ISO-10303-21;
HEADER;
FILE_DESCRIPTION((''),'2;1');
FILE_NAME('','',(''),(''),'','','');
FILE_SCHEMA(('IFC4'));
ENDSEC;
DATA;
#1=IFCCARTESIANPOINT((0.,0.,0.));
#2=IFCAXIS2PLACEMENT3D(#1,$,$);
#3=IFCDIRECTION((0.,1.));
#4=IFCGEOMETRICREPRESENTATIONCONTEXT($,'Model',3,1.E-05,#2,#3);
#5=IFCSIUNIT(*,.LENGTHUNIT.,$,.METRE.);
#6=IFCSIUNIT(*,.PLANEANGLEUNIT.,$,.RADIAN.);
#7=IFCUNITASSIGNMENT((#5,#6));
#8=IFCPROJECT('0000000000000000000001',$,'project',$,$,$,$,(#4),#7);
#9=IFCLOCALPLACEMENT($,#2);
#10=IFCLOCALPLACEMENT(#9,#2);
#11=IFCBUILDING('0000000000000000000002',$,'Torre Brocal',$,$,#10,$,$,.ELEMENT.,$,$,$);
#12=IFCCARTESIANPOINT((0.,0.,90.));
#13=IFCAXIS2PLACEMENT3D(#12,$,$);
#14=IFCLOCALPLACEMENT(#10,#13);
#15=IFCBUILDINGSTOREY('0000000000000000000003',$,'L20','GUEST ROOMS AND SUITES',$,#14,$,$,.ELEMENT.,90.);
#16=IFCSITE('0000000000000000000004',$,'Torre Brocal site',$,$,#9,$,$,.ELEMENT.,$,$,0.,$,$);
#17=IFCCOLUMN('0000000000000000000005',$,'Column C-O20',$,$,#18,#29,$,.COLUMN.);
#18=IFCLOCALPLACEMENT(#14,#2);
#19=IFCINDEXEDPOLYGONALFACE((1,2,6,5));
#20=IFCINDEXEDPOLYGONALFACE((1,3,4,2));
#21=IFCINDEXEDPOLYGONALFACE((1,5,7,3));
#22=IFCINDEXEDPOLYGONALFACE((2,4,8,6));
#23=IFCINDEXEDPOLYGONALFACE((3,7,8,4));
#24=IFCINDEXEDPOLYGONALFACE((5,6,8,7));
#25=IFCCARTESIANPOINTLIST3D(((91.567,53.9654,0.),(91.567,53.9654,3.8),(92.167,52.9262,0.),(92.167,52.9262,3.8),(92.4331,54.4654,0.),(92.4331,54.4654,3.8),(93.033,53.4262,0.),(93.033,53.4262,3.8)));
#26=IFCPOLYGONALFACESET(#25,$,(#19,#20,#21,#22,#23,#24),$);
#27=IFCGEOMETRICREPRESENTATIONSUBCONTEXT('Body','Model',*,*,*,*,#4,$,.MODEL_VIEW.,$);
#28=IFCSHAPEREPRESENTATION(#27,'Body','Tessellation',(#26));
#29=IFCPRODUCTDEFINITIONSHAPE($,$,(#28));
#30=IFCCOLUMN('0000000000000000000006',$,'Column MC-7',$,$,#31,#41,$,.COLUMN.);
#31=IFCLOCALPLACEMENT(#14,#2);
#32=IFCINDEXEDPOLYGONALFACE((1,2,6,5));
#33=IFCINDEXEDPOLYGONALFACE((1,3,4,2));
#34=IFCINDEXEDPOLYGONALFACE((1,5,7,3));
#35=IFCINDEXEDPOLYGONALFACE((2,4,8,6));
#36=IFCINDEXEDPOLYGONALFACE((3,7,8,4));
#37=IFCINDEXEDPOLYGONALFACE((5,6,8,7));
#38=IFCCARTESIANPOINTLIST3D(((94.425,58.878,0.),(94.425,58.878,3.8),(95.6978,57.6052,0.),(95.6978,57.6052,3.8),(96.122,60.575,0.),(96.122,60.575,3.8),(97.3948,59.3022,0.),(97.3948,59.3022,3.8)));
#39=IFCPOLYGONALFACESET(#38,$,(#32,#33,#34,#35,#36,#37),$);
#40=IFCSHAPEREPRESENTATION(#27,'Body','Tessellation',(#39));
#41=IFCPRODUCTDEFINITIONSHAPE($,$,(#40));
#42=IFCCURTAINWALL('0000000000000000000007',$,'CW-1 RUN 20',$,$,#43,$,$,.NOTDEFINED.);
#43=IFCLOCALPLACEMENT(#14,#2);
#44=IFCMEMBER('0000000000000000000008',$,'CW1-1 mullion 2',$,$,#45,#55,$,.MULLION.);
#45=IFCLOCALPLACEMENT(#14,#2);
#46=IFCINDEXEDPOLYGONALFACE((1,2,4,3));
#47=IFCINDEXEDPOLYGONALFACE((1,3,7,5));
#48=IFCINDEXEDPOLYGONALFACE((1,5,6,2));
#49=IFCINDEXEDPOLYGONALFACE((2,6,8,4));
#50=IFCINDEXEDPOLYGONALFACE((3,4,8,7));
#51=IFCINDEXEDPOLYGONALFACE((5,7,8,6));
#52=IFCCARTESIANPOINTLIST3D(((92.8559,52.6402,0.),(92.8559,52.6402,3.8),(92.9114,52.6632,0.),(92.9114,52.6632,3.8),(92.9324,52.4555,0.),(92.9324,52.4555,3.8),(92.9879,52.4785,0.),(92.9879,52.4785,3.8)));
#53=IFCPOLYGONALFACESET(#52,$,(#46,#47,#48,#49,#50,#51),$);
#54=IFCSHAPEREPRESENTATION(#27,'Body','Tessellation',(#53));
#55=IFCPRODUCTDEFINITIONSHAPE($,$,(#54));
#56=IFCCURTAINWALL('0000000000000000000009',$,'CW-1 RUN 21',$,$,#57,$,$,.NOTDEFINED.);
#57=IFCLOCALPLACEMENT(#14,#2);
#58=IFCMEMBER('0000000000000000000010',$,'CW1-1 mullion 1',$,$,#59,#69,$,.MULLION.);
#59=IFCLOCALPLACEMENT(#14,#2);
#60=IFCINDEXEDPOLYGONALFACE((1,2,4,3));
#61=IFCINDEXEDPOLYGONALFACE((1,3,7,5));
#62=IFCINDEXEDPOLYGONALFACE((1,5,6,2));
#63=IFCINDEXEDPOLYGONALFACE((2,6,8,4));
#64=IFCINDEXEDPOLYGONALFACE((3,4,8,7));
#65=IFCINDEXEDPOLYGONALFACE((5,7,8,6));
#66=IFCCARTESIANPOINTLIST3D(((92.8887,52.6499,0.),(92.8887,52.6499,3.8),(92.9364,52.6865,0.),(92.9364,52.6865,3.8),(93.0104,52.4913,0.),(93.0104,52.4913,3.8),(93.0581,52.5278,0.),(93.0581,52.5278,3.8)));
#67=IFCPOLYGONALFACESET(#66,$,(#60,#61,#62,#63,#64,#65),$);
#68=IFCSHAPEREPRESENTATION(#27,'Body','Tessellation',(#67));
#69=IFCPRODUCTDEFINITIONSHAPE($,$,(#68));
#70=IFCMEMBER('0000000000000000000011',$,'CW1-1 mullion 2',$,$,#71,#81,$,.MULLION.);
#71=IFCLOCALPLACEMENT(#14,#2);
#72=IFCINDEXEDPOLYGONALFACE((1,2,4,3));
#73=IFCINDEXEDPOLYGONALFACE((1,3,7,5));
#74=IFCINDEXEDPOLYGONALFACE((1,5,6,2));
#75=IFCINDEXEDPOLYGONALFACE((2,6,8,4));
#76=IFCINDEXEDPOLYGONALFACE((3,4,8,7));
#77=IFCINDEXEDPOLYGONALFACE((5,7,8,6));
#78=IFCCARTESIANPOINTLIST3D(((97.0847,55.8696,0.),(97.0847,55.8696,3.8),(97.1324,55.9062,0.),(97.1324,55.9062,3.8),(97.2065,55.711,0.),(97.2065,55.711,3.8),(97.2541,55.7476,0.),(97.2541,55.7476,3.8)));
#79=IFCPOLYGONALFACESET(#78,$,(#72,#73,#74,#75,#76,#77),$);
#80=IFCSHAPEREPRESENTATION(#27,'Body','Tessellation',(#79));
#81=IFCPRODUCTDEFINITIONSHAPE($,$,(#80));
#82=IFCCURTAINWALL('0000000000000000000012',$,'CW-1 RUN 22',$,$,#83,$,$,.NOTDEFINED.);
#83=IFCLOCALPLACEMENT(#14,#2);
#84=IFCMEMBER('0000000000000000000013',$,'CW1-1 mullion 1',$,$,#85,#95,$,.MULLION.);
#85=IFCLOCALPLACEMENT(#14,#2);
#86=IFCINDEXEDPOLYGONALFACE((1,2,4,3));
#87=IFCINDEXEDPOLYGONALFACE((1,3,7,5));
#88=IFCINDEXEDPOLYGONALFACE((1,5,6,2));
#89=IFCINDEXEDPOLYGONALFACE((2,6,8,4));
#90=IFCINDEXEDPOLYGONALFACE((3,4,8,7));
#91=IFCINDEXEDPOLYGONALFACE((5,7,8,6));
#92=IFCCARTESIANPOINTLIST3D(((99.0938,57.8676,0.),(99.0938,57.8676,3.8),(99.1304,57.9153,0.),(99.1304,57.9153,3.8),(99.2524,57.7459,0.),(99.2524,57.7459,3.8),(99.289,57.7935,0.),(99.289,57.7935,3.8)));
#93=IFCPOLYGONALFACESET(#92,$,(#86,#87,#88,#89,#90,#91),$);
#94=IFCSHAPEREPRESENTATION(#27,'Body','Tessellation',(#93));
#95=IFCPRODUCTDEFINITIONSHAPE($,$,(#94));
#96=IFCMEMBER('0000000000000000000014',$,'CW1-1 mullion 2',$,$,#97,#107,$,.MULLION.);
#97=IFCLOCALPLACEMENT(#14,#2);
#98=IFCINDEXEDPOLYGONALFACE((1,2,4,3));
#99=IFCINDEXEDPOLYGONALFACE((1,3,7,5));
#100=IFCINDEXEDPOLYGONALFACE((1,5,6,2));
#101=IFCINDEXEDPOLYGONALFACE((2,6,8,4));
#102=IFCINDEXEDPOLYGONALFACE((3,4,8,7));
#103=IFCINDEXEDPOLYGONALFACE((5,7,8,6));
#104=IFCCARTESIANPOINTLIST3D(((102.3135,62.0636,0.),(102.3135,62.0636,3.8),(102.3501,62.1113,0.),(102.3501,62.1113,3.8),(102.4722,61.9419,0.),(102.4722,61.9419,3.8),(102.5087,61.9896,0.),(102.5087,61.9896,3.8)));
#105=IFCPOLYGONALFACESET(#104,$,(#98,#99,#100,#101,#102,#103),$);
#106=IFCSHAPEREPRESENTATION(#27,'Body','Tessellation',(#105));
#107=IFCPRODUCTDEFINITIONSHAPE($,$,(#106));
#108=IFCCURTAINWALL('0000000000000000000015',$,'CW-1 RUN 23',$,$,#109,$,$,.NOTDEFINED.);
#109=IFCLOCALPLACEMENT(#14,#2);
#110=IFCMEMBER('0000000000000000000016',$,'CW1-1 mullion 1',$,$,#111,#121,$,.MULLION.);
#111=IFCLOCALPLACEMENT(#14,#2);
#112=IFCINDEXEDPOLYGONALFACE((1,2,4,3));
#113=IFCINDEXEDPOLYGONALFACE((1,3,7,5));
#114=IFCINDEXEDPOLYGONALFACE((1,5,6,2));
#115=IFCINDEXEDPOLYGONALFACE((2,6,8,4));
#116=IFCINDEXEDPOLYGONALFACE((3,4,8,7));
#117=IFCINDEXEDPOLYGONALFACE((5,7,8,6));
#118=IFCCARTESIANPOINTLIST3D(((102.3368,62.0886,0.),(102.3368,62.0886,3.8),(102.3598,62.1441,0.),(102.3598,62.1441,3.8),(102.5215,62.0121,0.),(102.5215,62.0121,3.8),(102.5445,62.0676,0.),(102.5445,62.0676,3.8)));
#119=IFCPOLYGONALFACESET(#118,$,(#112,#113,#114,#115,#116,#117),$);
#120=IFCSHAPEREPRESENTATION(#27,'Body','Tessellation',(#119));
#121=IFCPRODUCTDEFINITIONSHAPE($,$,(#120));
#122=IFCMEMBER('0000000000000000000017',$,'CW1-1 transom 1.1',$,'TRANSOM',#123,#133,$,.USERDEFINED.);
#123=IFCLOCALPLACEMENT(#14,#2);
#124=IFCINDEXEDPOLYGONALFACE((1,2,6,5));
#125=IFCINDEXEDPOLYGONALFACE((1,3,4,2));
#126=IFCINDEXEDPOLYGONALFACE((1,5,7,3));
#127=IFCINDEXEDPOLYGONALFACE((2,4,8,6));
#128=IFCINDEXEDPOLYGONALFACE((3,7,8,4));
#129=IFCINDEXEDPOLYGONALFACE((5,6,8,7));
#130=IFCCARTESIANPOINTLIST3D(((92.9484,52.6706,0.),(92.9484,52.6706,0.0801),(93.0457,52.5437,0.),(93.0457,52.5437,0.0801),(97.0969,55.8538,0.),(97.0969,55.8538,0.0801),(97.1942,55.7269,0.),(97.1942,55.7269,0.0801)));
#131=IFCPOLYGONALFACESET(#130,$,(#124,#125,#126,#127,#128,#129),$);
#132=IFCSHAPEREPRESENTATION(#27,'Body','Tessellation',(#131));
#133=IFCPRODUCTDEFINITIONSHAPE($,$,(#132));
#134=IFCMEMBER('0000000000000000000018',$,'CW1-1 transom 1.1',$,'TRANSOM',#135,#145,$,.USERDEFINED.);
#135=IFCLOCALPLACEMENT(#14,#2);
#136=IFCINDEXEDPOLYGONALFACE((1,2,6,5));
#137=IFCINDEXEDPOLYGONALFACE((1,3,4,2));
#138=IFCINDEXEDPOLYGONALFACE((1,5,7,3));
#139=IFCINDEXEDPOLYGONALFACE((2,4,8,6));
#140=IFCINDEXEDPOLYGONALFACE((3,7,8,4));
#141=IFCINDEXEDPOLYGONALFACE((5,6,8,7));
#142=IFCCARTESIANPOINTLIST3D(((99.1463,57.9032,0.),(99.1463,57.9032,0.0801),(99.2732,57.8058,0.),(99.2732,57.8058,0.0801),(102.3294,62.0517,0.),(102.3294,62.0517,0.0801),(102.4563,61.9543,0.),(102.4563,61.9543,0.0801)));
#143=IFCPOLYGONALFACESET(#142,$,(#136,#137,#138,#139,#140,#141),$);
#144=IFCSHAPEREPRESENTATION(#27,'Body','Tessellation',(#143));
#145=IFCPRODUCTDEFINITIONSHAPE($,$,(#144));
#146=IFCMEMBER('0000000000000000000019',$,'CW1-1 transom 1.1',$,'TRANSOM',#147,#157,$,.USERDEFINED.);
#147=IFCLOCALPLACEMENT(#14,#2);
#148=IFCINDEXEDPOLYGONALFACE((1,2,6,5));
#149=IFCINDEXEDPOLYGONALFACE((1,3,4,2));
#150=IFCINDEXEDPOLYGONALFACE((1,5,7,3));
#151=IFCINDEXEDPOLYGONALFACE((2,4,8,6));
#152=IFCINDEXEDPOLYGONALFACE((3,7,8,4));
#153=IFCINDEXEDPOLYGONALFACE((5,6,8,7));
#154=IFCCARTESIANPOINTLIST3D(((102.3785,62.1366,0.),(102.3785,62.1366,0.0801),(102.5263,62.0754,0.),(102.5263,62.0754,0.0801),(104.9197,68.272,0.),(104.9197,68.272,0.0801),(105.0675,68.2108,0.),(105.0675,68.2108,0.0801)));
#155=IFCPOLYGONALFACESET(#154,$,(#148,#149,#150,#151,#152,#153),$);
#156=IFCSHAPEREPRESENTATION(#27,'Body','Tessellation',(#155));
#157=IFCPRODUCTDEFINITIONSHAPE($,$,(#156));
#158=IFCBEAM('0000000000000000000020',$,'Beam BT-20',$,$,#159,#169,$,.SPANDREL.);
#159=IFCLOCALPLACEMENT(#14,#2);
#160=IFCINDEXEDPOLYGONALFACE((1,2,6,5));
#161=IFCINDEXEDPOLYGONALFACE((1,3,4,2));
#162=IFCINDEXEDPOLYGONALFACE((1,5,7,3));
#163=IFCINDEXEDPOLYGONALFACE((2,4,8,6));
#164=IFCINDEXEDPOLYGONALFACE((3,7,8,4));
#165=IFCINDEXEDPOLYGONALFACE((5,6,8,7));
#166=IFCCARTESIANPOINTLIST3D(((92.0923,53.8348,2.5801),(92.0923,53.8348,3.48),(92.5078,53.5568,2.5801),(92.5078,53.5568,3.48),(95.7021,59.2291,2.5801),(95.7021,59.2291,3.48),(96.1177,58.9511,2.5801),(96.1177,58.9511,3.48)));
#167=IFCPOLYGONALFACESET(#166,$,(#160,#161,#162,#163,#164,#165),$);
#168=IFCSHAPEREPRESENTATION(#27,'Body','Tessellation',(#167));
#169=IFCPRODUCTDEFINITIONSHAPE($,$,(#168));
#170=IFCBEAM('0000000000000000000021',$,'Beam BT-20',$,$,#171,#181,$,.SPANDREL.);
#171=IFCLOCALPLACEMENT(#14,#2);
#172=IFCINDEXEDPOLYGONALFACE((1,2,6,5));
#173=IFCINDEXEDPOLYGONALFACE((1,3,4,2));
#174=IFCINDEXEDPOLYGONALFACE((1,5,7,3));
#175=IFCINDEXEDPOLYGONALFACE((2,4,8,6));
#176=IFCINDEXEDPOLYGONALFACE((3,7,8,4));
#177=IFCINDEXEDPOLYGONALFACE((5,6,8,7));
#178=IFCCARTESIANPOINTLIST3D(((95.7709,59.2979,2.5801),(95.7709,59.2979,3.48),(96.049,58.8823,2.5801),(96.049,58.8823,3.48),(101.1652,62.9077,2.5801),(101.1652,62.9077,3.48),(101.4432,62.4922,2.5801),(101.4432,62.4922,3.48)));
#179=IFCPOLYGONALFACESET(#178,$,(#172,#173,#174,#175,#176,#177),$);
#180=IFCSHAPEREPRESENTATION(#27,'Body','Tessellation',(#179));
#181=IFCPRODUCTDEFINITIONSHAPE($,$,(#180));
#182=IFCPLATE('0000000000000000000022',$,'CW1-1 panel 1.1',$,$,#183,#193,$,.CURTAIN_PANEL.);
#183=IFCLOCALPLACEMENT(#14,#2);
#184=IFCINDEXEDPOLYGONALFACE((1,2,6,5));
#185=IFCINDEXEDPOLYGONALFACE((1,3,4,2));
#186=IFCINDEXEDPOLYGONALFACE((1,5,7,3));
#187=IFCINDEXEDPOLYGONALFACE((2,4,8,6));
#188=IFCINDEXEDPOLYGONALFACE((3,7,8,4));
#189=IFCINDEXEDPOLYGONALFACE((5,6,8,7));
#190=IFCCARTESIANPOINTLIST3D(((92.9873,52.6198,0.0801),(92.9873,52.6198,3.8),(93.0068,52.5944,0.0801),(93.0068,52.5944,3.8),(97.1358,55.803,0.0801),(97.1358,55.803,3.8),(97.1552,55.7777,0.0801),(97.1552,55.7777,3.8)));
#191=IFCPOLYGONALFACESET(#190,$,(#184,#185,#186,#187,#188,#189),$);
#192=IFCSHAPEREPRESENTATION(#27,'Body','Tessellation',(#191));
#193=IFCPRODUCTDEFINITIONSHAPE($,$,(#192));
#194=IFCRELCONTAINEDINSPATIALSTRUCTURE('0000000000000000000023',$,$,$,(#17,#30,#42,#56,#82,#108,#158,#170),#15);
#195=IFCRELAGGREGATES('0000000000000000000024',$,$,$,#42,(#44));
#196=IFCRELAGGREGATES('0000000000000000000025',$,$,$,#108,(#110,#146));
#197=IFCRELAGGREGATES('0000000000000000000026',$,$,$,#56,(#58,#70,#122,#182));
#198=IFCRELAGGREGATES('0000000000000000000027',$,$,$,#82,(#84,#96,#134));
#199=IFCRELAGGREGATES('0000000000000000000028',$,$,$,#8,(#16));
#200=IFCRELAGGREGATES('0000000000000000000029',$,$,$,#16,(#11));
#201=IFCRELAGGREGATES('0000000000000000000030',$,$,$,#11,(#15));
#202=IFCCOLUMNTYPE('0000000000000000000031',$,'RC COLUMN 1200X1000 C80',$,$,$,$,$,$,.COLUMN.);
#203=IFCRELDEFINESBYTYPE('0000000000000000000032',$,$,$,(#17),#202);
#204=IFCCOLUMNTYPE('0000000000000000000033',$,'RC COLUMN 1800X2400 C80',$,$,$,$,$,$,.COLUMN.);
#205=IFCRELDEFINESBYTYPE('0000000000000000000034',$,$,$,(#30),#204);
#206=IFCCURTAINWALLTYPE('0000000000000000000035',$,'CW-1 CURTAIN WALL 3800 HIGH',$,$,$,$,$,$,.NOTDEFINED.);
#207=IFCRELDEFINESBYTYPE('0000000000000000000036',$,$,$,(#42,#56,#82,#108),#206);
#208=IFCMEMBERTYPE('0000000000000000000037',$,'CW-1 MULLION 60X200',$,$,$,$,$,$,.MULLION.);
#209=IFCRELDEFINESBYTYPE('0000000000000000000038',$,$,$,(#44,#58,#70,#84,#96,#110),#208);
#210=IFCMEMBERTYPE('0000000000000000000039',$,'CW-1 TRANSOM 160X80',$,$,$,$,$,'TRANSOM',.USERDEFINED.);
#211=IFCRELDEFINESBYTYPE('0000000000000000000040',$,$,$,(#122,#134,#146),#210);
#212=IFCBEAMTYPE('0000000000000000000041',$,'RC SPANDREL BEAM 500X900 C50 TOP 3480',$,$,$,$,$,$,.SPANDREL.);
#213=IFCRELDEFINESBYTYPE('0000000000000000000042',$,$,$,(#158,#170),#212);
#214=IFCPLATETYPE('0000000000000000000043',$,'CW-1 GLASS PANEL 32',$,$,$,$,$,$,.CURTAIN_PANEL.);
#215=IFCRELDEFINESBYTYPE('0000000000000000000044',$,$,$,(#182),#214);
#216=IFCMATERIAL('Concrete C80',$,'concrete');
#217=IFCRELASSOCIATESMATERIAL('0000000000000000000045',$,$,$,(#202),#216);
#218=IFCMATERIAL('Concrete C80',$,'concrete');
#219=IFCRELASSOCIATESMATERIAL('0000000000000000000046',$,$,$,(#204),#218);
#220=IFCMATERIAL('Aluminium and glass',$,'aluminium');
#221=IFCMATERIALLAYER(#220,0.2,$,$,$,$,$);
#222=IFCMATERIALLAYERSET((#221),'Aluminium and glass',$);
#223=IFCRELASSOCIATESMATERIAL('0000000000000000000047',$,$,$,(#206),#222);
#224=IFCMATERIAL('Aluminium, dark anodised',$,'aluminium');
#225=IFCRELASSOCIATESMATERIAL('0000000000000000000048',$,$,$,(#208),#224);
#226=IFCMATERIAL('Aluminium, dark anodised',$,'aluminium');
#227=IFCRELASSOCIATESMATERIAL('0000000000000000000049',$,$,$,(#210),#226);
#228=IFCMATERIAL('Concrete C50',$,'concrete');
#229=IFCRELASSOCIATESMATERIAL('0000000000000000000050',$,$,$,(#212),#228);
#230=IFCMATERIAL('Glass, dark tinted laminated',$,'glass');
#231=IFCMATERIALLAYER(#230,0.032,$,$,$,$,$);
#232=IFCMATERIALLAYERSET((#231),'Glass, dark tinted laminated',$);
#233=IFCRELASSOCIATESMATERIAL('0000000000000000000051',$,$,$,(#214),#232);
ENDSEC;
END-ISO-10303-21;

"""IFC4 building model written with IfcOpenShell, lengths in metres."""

from ifc_helpers import new_model, si_unit, direction, frame, origin, origin_2d, place, context, subcontext, project, spatial, rectangle, extrude, material, layer, layer_set, material_profile, profile_set, type_object, element, aggregate, save


model = new_model("IFC4")

# Units and contexts
model_context = context("Model", 3, precision=1e-05, world=origin(), true_north=direction((0.0, 1.0)))
body_context = subcontext(model_context, "Body", "Model", "MODEL_VIEW")
ifc_project = project(units=[si_unit("LENGTHUNIT", "METRE"), si_unit("PLANEANGLEUNIT", "RADIAN")], contexts=[model_context])

# Site, building, storey
site_placement = place(None, origin())
site = spatial("IfcSite", under=ifc_project, at=site_placement, Name="Torre Brocal site", CompositionType="ELEMENT", RefElevation=0.0)
building_placement = place(site_placement, origin())
building = spatial("IfcBuilding", under=site, at=building_placement, Name="Torre Brocal", CompositionType="ELEMENT")
storey_placement = place(building_placement, frame((0.0, 0.0, 90.0)))
storey = spatial("IfcBuildingStorey", under=building, at=storey_placement, Name="L20", Description="GUEST ROOMS AND SUITES", CompositionType="ELEMENT", Elevation=90.0)

# Columns
ifc_material_1 = material(Name="Concrete C80", Category="concrete")
ifc_material_profile_1 = material_profile(ifc_material_1, rectangle(XDim=1.2, YDim=1.0, at=origin_2d()), Name="RC 1200X1000")
ifc_profile_set_1 = profile_set([ifc_material_profile_1], Name="Concrete C80")
column_type_1 = type_object("IfcColumnType", Name="RC COLUMN 1200X1000 C80", PredefinedType="COLUMN", material=ifc_profile_set_1)
column_1_placement = place(storey_placement, frame((92.3, 53.6958, 0.0), z_axis=(0.0, 0.0, 1.0), x_axis=(0.5, -0.866025, 0.0)))
element("IfcColumn", 1, at=column_1_placement, inside=storey, type_object=column_type_1, Name="Column C-O20", PredefinedType="COLUMN", context=body_context, shape_type="SweptSolid", body=[
    extrude(rectangle(XDim=1.2, YDim=1.0, at=origin_2d()), origin(), (0.0, 0.0, 1.0), 3.8),
])
ifc_material_2 = material(Name="Concrete C80", Category="concrete")
ifc_material_profile_2 = material_profile(ifc_material_2, rectangle(XDim=1.8, YDim=2.3999, at=origin_2d()), Name="RC 1800X2400")
ifc_profile_set_2 = profile_set([ifc_material_profile_2], Name="Concrete C80")
column_type_2 = type_object("IfcColumnType", Name="RC COLUMN 1800X2400 C80", PredefinedType="COLUMN", material=ifc_profile_set_2)
column_2_placement = place(storey_placement, frame((95.9099, 59.0901, 0.0), z_axis=(0.0, 0.0, 1.0), x_axis=(0.707107, -0.707107, 0.0)))
element("IfcColumn", 2, at=column_2_placement, inside=storey, type_object=column_type_2, Name="Column MC-7", PredefinedType="COLUMN", context=body_context, shape_type="SweptSolid", body=[
    extrude(rectangle(XDim=1.8, YDim=2.3999, at=origin_2d()), origin(), (0.0, 0.0, 1.0), 3.8),
])

# Curtain wall, member
ifc_material_3 = material(Name="Aluminium and glass", Category="aluminium")
ifc_layer_1 = layer(ifc_material_3, 0.2)
ifc_layer_set_1 = layer_set([ifc_layer_1], Name="Aluminium and glass")
curtain_wall_type = type_object("IfcCurtainWallType", Name="CW-1 CURTAIN WALL 3800 HIGH", PredefinedType="NOTDEFINED", material=ifc_layer_set_1)
curtain_wall_1_placement = place(storey_placement, origin())
curtain_wall_1 = element("IfcCurtainWall", 3, at=curtain_wall_1_placement, inside=storey, type_object=curtain_wall_type, Name="CW-1 RUN 20", PredefinedType="NOTDEFINED")
ifc_material_4 = material(Name="Aluminium, dark anodised", Category="aluminium")
ifc_material_profile_3 = material_profile(ifc_material_4, rectangle(XDim=0.2, YDim=0.0601, at=origin_2d()), Name="CW-1 MULLION 60X200")
ifc_profile_set_3 = profile_set([ifc_material_profile_3], Name="Aluminium, dark anodised")
member_type_1 = type_object("IfcMemberType", Name="CW-1 MULLION 60X200", PredefinedType="MULLION", material=ifc_profile_set_3)
member_1_placement = place(storey_placement, frame((92.9219, 52.5593, 0.0), z_axis=(0.0, 0.0, 1.0), x_axis=(-0.382683, 0.92388, 0.0)))
member_1 = element("IfcMember", 4, at=member_1_placement, type_object=member_type_1, Name="CW1-1 mullion 2", PredefinedType="MULLION", context=body_context, shape_type="SweptSolid", body=[
    extrude(rectangle(XDim=0.2, YDim=0.0601, at=origin_2d()), origin(), (0.0, 0.0, 1.0), 3.8),
])
aggregate(curtain_wall_1, [member_1])

# Curtain walls, members
curtain_wall_2_placement = place(storey_placement, origin())
curtain_wall_2 = element("IfcCurtainWall", 5, at=curtain_wall_2_placement, inside=storey, type_object=curtain_wall_type, Name="CW-1 RUN 21", PredefinedType="NOTDEFINED")
member_2_placement = place(storey_placement, frame((92.9734, 52.5889, 0.0), z_axis=(0.0, 0.0, 1.0), x_axis=(-0.608761, 0.793353, 0.0)))
member_2 = element("IfcMember", 6, at=member_2_placement, type_object=member_type_1, Name="CW1-1 mullion 1", PredefinedType="MULLION", context=body_context, shape_type="SweptSolid", body=[
    extrude(rectangle(XDim=0.2, YDim=0.0601, at=origin_2d()), origin(), (0.0, 0.0, 1.0), 3.8),
])
member_3_placement = place(storey_placement, frame((97.1694, 55.8086, 0.0), z_axis=(0.0, 0.0, 1.0), x_axis=(-0.608761, 0.793353, 0.0)))
member_3 = element("IfcMember", 7, at=member_3_placement, type_object=member_type_1, Name="CW1-1 mullion 2", PredefinedType="MULLION", context=body_context, shape_type="SweptSolid", body=[
    extrude(rectangle(XDim=0.2, YDim=0.0601, at=origin_2d()), origin(), (0.0, 0.0, 1.0), 3.8),
])
curtain_wall_3_placement = place(storey_placement, origin())
curtain_wall_3 = element("IfcCurtainWall", 8, at=curtain_wall_3_placement, inside=storey, type_object=curtain_wall_type, Name="CW-1 RUN 22", PredefinedType="NOTDEFINED")
member_4_placement = place(storey_placement, frame((99.1914, 57.8306, 0.0), z_axis=(0.0, 0.0, 1.0), x_axis=(-0.793353, 0.608761, 0.0)))
member_4 = element("IfcMember", 9, at=member_4_placement, type_object=member_type_1, Name="CW1-1 mullion 1", PredefinedType="MULLION", context=body_context, shape_type="SweptSolid", body=[
    extrude(rectangle(XDim=0.2, YDim=0.0601, at=origin_2d()), origin(), (0.0, 0.0, 1.0), 3.8),
])
member_5_placement = place(storey_placement, frame((102.4111, 62.0266, 0.0), z_axis=(0.0, 0.0, 1.0), x_axis=(-0.793353, 0.608761, 0.0)))
member_5 = element("IfcMember", 10, at=member_5_placement, type_object=member_type_1, Name="CW1-1 mullion 2", PredefinedType="MULLION", context=body_context, shape_type="SweptSolid", body=[
    extrude(rectangle(XDim=0.2, YDim=0.0601, at=origin_2d()), origin(), (0.0, 0.0, 1.0), 3.8),
])

# Curtain wall, member
curtain_wall_4_placement = place(storey_placement, origin())
curtain_wall_4 = element("IfcCurtainWall", 11, at=curtain_wall_4_placement, inside=storey, type_object=curtain_wall_type, Name="CW-1 RUN 23", PredefinedType="NOTDEFINED")
member_6_placement = place(storey_placement, frame((102.4407, 62.0781, 0.0), z_axis=(0.0, 0.0, 1.0), x_axis=(-0.92388, 0.382683, 0.0)))
member_6 = element("IfcMember", 12, at=member_6_placement, type_object=member_type_1, Name="CW1-1 mullion 1", PredefinedType="MULLION", context=body_context, shape_type="SweptSolid", body=[
    extrude(rectangle(XDim=0.2, YDim=0.0601, at=origin_2d()), origin(), (0.0, 0.0, 1.0), 3.8),
])

# Members
ifc_material_5 = material(Name="Aluminium, dark anodised", Category="aluminium")
ifc_material_profile_4 = material_profile(ifc_material_5, rectangle(XDim=0.1599, YDim=0.0801, at=origin_2d()), Name="CW-1 TRANSOM 160X80")
ifc_profile_set_4 = profile_set([ifc_material_profile_4], Name="Aluminium, dark anodised")
member_type_2 = type_object("IfcMemberType", Name="CW-1 TRANSOM 160X80", ElementType="TRANSOM", PredefinedType="USERDEFINED", material=ifc_profile_set_4)
member_7_placement = place(storey_placement, frame((92.9971, 52.6072, 0.04), z_axis=(0.793363, 0.608749, 0.0), x_axis=(-0.608749, 0.793363, 0.0)))
member_7 = element("IfcMember", 13, at=member_7_placement, type_object=member_type_2, Name="CW1-1 transom 1.1", ObjectType="TRANSOM", PredefinedType="USERDEFINED", context=body_context, shape_type="SweptSolid", body=[
    extrude(rectangle(XDim=0.1599, YDim=0.0801, at=origin_2d()), origin(), (0.0, 0.0, 1.0), 5.229),
])
member_8_placement = place(storey_placement, frame((99.2097, 57.8545, 0.04), z_axis=(0.608749, 0.793363, 0.0), x_axis=(-0.793363, 0.608749, 0.0)))
member_8 = element("IfcMember", 14, at=member_8_placement, type_object=member_type_2, Name="CW1-1 transom 1.1", ObjectType="TRANSOM", PredefinedType="USERDEFINED", context=body_context, shape_type="SweptSolid", body=[
    extrude(rectangle(XDim=0.1599, YDim=0.0801, at=origin_2d()), origin(), (0.0, 0.0, 1.0), 5.229),
])
member_9_placement = place(storey_placement, frame((102.4524, 62.106, 0.04), z_axis=(0.382665, 0.923887, 0.0), x_axis=(-0.923887, 0.382665, 0.0)))
member_9 = element("IfcMember", 15, at=member_9_placement, type_object=member_type_2, Name="CW1-1 transom 1.1", ObjectType="TRANSOM", PredefinedType="USERDEFINED", context=body_context, shape_type="SweptSolid", body=[
    extrude(rectangle(XDim=0.1599, YDim=0.0801, at=origin_2d()), origin(), (0.0, 0.0, 1.0), 6.6409),
])
aggregate(curtain_wall_4, [member_6, member_9])

# Beams
ifc_material_6 = material(Name="Concrete C50", Category="concrete")
ifc_material_profile_5 = material_profile(ifc_material_6, rectangle(XDim=0.5, YDim=0.8999, at=origin_2d()), Name="RC 500X900")
ifc_profile_set_5 = profile_set([ifc_material_profile_5], Name="Concrete C50")
beam_type = type_object("IfcBeamType", Name="RC SPANDREL BEAM 500X900 C50 TOP 3480", PredefinedType="SPANDREL", material=ifc_profile_set_5)
for number, where, z_axis, x_axis, name in (
    (16, (92.3, 53.6958, 3.03), (0.556158, 0.831077, 0.0), (-0.831077, 0.556158, 0.0), "Beam BT-20"),
    (17, (95.9099, 59.0901, 3.03), (0.831077, 0.556158, 0.0), (-0.556158, 0.831077, 0.0), "Beam BT-20"),
):
    element("IfcBeam", number, at=place(storey_placement, frame(where, z_axis=z_axis, x_axis=x_axis)), inside=storey, type_object=beam_type, Name=name, PredefinedType="SPANDREL", context=body_context, shape_type="SweptSolid", body=[
        extrude(rectangle(XDim=0.5, YDim=0.8999, at=origin_2d()), origin(), (0.0, 0.0, 1.0), 6.4907),
    ])

# Plate
ifc_material_7 = material(Name="Glass, dark tinted laminated", Category="glass")
ifc_layer_2 = layer(ifc_material_7, 0.032)
ifc_layer_set_2 = layer_set([ifc_layer_2], Name="Glass, dark tinted laminated")
plate_type = type_object("IfcPlateType", Name="CW-1 GLASS PANEL 32", PredefinedType="CURTAIN_PANEL", material=ifc_layer_set_2)
plate_1_placement = place(storey_placement, frame((95.0713, 54.1987, 0.0801), z_axis=(0.0, 0.0, 1.0), x_axis=(0.793353, 0.608761, 0.0)))
plate_1 = element("IfcPlate", 18, at=plate_1_placement, type_object=plate_type, Name="CW1-1 panel 1.1", PredefinedType="CURTAIN_PANEL", context=body_context, shape_type="SweptSolid", body=[
    extrude(rectangle(XDim=5.229, YDim=0.032, at=origin_2d()), origin(), (0.0, 0.0, 1.0), 3.72),
])
aggregate(curtain_wall_2, [member_2, member_3, member_7, plate_1])
aggregate(curtain_wall_3, [member_4, member_5, member_8])

save(model, "model.ifc")
